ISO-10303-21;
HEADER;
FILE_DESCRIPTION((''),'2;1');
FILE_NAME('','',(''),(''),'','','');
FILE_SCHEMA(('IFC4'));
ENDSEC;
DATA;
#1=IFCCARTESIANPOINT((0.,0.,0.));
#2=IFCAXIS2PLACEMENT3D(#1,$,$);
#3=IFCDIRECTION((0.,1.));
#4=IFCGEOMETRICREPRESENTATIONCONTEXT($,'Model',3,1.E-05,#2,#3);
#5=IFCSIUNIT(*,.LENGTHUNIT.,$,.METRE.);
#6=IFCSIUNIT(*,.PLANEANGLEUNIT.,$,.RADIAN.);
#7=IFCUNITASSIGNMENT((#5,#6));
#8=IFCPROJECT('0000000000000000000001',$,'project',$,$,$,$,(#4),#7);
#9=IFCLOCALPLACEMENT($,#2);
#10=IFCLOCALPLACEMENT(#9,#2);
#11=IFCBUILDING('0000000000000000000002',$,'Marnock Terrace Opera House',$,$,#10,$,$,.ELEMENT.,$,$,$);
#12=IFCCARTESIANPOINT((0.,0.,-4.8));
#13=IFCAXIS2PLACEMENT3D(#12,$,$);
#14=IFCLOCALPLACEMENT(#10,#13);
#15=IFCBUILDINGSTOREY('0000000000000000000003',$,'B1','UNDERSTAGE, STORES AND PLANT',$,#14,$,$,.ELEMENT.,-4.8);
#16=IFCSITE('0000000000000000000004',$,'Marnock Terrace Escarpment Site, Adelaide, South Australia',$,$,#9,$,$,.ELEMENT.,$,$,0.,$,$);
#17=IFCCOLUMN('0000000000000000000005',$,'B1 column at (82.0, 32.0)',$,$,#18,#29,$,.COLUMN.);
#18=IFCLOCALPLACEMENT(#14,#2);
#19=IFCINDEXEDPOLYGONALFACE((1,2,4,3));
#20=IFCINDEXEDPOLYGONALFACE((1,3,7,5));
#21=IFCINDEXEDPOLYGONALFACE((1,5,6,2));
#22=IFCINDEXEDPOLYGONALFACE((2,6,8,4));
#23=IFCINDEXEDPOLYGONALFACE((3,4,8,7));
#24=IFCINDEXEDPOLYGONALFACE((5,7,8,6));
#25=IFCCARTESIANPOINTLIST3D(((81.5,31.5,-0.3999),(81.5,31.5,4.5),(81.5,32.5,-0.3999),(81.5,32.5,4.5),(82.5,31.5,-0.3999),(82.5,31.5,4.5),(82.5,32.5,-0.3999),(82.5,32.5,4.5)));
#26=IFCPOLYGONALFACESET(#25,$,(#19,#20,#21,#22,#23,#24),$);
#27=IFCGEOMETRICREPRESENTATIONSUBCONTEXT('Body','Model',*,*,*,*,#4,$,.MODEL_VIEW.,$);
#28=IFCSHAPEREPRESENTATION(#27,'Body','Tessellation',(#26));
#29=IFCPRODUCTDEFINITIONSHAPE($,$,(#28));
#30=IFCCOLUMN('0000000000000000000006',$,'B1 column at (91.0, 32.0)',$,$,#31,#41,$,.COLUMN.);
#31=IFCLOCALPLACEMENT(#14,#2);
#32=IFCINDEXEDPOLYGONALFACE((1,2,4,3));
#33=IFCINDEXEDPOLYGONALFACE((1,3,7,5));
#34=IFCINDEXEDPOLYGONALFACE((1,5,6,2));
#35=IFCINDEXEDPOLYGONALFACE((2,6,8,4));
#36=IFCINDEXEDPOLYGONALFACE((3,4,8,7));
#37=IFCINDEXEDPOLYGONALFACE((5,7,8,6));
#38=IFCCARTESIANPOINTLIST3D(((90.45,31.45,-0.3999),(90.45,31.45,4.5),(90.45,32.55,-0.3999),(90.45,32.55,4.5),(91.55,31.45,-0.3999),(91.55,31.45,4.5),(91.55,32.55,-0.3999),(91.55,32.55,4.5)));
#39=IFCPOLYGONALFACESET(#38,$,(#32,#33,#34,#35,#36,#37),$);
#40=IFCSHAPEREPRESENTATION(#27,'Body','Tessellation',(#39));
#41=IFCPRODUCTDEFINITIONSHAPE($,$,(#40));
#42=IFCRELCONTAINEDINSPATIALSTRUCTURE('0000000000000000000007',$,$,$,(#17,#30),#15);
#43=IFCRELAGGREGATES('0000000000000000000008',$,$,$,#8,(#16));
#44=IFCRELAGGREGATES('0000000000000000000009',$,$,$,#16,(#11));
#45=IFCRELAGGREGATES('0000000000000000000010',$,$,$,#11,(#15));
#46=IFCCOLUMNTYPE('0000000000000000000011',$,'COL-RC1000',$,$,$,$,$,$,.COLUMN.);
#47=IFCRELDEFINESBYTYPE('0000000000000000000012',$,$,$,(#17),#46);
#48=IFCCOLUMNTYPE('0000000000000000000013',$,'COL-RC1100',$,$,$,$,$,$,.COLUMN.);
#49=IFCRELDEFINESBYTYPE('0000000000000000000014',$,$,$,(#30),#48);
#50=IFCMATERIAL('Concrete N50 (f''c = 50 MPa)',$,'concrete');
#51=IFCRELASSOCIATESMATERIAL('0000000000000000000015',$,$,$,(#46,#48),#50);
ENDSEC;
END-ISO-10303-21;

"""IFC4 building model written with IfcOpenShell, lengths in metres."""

from ifc_helpers import new_model, si_unit, direction, frame, origin, origin_2d, place, context, subcontext, project, spatial, rectangle, extrude, material, material_profile, profile_set, type_object, element, save


model = new_model("IFC4")

# Units and contexts
model_context = context("Model", 3, precision=1e-05, world=origin(), true_north=direction((0.0, 1.0)))
body_context = subcontext(model_context, "Body", "Model", "MODEL_VIEW")
ifc_project = project(units=[si_unit("LENGTHUNIT", "METRE"), si_unit("PLANEANGLEUNIT", "RADIAN")], contexts=[model_context])

# Site, building, storey
site_placement = place(None, origin())
site = spatial("IfcSite", under=ifc_project, at=site_placement, Name="Marnock Terrace Escarpment Site, Adelaide, South Australia", CompositionType="ELEMENT", RefElevation=0.0)
building_placement = place(site_placement, origin())
building = spatial("IfcBuilding", under=site, at=building_placement, Name="Marnock Terrace Opera House", CompositionType="ELEMENT")
storey_placement = place(building_placement, frame((0.0, 0.0, -4.8)))
storey = spatial("IfcBuildingStorey", under=building, at=storey_placement, Name="B1", Description="UNDERSTAGE, STORES AND PLANT", CompositionType="ELEMENT", Elevation=-4.8)

# Columns
ifc_material_1 = material(Name="Concrete N50 (f'c = 50 MPa)", Category="concrete")
ifc_material_profile_1 = material_profile(ifc_material_1, rectangle(XDim=1.0, YDim=1.0, at=origin_2d()))
ifc_profile_set_1 = profile_set([ifc_material_profile_1], Name="Concrete N50 (f'c = 50 MPa)")
column_type_1 = type_object("IfcColumnType", Name="COL-RC1000", PredefinedType="COLUMN", material=ifc_profile_set_1)
column_1_placement = place(storey_placement, frame((82.0, 32.0, -0.3999), z_axis=(0.0, 0.0, 1.0), x_axis=(1.0, 0.0, 0.0)))
element("IfcColumn", 1, at=column_1_placement, inside=storey, type_object=column_type_1, Name="B1 column at (82.0, 32.0)", PredefinedType="COLUMN", context=body_context, shape_type="SweptSolid", body=[
    extrude(rectangle(XDim=1.0, YDim=1.0, at=origin_2d()), origin(), (0.0, 0.0, 1.0), 4.8999),
])
ifc_material_profile_2 = material_profile(ifc_material_1, rectangle(XDim=1.1001, YDim=1.1001, at=origin_2d()))
ifc_profile_set_2 = profile_set([ifc_material_profile_2], Name="Concrete N50 (f'c = 50 MPa)")
column_type_2 = type_object("IfcColumnType", Name="COL-RC1100", PredefinedType="COLUMN", material=ifc_profile_set_2)
column_2_placement = place(storey_placement, frame((91.0, 32.0, -0.3999), z_axis=(0.0, 0.0, 1.0), x_axis=(1.0, 0.0, 0.0)))
element("IfcColumn", 2, at=column_2_placement, inside=storey, type_object=column_type_2, Name="B1 column at (91.0, 32.0)", PredefinedType="COLUMN", context=body_context, shape_type="SweptSolid", body=[
    extrude(rectangle(XDim=1.1001, YDim=1.1001, at=origin_2d()), origin(), (0.0, 0.0, 1.0), 4.8999),
])

save(model, "model.ifc")
